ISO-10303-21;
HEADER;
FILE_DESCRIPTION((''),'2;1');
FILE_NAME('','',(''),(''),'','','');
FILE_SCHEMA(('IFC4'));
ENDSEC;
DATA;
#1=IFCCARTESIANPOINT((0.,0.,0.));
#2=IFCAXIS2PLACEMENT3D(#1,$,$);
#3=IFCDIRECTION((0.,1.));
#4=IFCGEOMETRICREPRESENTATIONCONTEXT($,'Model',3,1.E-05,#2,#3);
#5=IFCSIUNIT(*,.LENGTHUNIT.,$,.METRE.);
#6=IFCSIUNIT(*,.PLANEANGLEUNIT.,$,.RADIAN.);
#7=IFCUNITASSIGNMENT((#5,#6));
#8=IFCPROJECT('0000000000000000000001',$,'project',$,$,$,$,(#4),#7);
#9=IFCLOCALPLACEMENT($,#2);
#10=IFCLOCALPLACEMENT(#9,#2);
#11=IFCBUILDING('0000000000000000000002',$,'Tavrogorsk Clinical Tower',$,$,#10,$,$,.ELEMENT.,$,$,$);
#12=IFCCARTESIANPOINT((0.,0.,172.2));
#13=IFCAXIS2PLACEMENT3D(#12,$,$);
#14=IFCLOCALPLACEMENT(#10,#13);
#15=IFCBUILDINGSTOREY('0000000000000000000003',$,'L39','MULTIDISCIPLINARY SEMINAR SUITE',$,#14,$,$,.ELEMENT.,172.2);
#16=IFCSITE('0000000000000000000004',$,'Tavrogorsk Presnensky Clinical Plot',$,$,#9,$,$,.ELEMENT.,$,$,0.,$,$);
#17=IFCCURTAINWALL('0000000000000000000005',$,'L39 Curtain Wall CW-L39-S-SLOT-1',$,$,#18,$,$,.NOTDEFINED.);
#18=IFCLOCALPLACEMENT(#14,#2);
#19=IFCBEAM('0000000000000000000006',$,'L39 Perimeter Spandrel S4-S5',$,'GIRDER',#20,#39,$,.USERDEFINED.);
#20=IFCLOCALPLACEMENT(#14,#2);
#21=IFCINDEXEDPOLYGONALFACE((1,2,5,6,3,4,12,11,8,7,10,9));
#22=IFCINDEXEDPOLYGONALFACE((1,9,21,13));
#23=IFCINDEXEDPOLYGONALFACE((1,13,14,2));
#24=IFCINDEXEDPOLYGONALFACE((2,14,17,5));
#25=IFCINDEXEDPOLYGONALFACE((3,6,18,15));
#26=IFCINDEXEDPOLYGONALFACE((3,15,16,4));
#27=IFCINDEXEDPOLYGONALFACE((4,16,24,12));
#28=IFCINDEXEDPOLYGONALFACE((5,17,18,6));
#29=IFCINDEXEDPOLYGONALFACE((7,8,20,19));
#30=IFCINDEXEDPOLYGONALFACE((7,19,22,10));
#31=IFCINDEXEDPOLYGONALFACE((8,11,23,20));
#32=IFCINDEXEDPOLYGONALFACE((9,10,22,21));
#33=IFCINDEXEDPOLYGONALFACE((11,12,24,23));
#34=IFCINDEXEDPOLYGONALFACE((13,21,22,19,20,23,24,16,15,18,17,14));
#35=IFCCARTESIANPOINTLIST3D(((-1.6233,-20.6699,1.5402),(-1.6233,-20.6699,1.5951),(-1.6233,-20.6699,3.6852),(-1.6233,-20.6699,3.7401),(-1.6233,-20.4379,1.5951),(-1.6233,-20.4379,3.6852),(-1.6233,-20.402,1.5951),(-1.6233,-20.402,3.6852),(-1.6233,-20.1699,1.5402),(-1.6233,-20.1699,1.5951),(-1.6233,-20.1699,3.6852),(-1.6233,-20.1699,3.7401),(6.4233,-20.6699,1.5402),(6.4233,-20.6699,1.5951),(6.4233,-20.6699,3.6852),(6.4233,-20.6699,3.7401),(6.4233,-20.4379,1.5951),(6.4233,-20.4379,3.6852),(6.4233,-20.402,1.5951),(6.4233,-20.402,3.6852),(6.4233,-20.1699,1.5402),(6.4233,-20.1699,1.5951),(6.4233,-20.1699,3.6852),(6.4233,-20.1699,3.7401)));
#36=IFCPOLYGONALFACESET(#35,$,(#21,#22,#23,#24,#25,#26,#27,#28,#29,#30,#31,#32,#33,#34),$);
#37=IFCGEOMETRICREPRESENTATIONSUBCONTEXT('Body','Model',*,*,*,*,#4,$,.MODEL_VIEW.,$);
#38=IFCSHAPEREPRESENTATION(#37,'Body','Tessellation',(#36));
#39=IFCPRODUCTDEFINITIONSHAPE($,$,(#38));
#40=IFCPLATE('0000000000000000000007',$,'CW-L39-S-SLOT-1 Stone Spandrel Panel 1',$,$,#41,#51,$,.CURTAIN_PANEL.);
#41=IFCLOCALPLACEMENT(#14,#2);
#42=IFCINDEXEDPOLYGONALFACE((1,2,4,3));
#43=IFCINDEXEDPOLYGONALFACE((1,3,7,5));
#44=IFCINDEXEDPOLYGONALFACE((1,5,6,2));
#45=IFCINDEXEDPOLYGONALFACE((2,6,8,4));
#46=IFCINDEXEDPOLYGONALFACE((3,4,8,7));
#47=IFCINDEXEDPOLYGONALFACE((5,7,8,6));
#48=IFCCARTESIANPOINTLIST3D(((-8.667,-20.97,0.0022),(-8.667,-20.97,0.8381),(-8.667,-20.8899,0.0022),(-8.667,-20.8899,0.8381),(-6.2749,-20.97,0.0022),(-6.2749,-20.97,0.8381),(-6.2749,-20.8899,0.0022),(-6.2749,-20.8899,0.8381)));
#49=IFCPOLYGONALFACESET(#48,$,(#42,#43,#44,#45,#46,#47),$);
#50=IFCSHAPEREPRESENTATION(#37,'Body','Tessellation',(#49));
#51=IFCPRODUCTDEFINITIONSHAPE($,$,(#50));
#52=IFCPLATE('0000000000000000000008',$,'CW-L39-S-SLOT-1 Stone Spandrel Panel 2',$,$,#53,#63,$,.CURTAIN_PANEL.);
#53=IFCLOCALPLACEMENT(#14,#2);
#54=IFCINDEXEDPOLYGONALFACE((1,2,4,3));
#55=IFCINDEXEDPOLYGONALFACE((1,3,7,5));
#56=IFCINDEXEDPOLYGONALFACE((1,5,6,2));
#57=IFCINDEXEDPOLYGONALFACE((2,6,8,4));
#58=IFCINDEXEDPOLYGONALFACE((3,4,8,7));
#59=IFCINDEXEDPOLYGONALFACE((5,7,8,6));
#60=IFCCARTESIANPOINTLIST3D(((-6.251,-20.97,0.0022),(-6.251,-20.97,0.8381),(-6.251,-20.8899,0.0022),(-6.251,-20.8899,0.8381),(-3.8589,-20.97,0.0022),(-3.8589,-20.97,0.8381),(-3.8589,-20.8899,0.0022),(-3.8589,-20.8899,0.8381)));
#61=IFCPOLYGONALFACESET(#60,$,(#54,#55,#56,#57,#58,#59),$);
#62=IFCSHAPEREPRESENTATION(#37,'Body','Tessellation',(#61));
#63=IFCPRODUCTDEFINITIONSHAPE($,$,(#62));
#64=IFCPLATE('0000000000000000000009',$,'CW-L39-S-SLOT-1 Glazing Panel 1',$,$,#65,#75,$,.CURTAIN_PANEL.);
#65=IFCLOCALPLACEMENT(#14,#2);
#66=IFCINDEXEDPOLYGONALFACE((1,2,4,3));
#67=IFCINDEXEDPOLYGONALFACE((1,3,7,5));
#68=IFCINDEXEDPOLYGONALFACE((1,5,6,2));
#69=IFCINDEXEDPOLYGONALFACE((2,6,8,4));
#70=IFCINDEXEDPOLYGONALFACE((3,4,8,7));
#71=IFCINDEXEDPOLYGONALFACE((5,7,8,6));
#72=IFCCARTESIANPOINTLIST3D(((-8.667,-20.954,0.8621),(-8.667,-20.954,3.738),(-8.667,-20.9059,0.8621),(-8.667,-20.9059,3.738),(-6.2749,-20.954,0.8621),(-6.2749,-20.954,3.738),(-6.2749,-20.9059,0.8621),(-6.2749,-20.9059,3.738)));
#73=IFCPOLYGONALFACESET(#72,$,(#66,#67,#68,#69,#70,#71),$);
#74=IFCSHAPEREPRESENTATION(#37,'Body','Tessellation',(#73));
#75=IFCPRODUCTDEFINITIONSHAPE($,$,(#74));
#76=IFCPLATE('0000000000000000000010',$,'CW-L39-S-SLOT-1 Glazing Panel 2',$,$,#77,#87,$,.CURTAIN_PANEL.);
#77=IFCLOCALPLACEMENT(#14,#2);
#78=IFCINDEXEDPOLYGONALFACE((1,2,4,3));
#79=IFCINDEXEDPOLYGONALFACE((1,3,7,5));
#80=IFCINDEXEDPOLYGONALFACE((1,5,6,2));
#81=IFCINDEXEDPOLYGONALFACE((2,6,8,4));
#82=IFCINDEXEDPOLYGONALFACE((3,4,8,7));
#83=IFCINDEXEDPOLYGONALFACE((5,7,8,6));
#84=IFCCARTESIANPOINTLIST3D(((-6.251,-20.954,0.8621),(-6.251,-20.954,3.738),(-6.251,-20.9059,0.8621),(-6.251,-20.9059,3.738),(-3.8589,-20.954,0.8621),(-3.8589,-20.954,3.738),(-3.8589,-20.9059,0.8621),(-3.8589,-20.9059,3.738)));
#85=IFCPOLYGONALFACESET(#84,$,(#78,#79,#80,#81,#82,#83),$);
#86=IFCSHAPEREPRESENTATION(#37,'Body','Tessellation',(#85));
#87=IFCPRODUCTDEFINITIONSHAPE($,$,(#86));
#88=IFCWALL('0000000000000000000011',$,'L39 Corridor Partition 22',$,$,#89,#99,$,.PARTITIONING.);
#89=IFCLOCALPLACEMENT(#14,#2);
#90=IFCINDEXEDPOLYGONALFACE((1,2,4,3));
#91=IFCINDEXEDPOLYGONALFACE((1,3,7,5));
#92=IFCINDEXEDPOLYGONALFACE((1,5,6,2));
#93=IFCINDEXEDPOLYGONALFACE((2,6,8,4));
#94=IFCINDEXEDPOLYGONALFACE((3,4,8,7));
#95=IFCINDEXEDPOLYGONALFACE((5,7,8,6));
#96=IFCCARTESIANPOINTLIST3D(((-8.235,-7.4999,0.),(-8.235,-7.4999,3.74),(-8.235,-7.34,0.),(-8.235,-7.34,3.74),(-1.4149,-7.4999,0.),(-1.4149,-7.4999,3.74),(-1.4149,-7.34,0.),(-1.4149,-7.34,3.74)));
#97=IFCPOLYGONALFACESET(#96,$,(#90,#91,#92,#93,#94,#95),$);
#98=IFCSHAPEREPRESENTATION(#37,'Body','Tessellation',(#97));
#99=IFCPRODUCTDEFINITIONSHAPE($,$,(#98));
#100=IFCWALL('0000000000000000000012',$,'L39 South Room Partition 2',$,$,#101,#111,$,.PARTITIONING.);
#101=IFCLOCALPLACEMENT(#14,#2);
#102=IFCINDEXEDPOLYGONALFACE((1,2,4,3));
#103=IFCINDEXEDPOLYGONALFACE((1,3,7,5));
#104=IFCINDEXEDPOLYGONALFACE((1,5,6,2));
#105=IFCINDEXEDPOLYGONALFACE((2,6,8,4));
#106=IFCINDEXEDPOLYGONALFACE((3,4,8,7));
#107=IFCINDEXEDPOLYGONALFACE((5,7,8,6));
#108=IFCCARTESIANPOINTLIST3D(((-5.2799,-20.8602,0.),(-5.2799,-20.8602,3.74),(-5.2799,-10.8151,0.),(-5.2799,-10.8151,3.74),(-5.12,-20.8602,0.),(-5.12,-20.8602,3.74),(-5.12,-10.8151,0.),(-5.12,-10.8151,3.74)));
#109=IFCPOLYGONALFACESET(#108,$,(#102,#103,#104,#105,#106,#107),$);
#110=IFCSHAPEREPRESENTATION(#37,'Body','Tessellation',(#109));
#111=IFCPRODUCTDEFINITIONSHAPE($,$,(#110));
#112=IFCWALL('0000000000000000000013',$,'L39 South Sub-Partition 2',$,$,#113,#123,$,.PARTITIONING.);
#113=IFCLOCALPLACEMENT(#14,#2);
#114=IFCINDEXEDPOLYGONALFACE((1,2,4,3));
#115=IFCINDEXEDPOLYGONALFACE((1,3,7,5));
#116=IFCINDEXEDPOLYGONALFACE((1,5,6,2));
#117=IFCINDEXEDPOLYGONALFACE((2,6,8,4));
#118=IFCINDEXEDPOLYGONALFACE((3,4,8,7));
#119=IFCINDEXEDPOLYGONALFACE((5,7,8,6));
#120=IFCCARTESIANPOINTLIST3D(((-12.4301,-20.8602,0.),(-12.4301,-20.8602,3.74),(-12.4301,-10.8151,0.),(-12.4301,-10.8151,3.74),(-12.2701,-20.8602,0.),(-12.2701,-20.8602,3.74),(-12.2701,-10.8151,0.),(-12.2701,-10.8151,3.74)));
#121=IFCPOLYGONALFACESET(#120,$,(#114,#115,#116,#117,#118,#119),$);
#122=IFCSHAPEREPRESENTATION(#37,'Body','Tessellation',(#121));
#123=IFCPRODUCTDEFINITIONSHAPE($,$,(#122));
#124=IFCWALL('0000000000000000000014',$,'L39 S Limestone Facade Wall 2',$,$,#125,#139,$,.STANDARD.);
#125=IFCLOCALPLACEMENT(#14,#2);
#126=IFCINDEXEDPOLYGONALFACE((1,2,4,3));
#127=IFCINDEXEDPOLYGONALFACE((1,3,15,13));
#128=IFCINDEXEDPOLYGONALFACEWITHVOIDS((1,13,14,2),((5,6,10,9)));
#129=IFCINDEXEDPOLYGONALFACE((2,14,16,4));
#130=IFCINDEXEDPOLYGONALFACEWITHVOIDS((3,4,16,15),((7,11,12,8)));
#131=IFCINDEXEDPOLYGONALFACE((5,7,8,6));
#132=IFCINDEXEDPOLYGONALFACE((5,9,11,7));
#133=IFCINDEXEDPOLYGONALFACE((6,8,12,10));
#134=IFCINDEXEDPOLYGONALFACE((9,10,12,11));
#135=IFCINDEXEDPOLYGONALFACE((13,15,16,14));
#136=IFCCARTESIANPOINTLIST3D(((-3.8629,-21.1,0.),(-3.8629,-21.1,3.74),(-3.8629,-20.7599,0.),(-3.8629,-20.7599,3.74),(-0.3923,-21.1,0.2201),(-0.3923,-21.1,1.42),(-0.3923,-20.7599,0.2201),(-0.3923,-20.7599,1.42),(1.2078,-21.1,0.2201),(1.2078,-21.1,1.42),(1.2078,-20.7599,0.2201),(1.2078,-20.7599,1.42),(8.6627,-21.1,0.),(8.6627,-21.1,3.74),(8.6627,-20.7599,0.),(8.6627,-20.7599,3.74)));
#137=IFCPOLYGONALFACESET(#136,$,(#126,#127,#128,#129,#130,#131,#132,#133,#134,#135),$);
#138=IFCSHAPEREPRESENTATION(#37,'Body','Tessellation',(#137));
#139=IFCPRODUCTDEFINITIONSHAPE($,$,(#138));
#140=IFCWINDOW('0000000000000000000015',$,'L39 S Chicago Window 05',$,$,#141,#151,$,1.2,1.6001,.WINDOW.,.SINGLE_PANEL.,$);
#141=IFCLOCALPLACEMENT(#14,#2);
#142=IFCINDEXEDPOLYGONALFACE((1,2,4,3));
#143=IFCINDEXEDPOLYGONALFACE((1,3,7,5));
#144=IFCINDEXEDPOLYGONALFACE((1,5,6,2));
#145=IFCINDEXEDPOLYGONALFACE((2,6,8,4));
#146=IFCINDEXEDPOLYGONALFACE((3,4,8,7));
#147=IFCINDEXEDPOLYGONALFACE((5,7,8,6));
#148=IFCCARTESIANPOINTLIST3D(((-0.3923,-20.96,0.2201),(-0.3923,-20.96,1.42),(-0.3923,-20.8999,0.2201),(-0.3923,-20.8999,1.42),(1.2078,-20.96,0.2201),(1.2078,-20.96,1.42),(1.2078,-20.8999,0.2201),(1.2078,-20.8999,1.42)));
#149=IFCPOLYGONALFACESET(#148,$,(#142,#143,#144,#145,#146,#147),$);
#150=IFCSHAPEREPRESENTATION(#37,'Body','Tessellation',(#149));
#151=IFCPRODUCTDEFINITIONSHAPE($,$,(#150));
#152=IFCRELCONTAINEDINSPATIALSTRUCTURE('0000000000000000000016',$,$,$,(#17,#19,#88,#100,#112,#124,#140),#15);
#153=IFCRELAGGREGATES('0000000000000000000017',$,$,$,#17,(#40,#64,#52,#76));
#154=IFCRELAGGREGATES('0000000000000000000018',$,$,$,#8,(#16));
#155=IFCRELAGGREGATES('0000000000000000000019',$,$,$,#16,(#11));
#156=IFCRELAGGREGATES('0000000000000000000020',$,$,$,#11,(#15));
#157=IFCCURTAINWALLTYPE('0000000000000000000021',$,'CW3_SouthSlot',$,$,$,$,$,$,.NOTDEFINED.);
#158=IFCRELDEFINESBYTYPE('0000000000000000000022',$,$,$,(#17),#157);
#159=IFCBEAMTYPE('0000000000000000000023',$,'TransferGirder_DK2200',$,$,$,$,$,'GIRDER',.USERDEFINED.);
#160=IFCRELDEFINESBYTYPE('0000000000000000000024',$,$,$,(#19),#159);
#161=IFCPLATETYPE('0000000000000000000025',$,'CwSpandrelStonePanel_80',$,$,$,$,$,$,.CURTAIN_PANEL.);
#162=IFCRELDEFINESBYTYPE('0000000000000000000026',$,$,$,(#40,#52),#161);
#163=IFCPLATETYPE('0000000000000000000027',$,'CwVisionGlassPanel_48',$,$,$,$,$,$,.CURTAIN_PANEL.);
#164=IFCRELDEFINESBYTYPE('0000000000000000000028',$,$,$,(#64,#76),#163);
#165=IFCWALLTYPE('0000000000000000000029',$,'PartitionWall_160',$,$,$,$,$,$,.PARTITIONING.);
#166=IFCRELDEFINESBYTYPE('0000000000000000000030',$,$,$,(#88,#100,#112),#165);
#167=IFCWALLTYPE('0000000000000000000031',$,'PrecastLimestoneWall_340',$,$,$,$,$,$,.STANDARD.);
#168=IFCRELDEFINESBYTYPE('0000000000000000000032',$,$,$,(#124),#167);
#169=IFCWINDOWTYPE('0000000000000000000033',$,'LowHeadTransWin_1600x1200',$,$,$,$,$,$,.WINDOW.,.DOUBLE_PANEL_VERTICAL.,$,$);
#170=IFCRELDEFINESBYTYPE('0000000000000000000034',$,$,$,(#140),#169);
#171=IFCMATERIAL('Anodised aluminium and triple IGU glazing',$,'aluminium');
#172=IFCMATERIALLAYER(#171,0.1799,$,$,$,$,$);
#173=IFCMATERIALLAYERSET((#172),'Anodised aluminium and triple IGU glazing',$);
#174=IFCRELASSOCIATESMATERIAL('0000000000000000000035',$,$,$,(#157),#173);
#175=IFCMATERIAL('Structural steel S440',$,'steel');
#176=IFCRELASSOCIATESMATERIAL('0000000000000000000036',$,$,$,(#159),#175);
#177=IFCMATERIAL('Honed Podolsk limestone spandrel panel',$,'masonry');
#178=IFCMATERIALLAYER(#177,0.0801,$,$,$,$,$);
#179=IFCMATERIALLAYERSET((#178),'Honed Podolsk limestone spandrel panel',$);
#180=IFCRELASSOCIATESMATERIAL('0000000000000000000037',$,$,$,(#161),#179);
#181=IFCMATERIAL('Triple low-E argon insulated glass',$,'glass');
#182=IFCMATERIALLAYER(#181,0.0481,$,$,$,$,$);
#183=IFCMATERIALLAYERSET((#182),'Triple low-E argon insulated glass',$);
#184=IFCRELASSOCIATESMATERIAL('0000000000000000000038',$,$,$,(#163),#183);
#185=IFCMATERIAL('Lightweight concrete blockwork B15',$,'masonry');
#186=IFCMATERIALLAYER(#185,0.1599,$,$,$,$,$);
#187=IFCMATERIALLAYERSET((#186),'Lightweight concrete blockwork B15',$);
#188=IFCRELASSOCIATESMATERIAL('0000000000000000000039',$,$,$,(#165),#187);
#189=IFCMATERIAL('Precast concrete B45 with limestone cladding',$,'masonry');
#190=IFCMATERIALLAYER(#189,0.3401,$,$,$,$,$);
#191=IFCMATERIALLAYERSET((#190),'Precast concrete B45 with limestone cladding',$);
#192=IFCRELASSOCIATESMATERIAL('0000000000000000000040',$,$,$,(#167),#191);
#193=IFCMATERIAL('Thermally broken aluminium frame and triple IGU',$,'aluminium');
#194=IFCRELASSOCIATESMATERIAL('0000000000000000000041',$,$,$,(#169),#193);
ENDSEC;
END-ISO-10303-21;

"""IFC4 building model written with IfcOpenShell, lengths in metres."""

from ifc_helpers import new_model, si_unit, direction, frame, frame_2d, origin, origin_2d, place, context, subcontext, project, spatial, rectangle, i_section, extrude, material, layer, layer_set, material_profile, profile_set, type_object, element, fill, aggregate, save


model = new_model("IFC4")

# Units and contexts
model_context = context("Model", 3, precision=1e-05, world=origin(), true_north=direction((0.0, 1.0)))
body_context = subcontext(model_context, "Body", "Model", "MODEL_VIEW")
ifc_project = project(units=[si_unit("LENGTHUNIT", "METRE"), si_unit("PLANEANGLEUNIT", "RADIAN")], contexts=[model_context])

# Site, building, storey
site_placement = place(None, origin())
site = spatial("IfcSite", under=ifc_project, at=site_placement, Name="Tavrogorsk Presnensky Clinical Plot", CompositionType="ELEMENT", RefElevation=0.0)
building_placement = place(site_placement, origin())
building = spatial("IfcBuilding", under=site, at=building_placement, Name="Tavrogorsk Clinical Tower", CompositionType="ELEMENT")
storey_placement = place(building_placement, frame((0.0, 0.0, 172.2)))
storey = spatial("IfcBuildingStorey", under=building, at=storey_placement, Name="L39", Description="MULTIDISCIPLINARY SEMINAR SUITE", CompositionType="ELEMENT", Elevation=172.2)

# Curtain wall
ifc_material_1 = material(Name="Anodised aluminium and triple IGU glazing", Category="aluminium")
ifc_layer_1 = layer(ifc_material_1, 0.1799)
ifc_layer_set_1 = layer_set([ifc_layer_1], Name="Anodised aluminium and triple IGU glazing")
curtain_wall_type = type_object("IfcCurtainWallType", Name="CW3_SouthSlot", PredefinedType="NOTDEFINED", material=ifc_layer_set_1)
curtain_wall_placement = place(storey_placement, origin())
curtain_wall = element("IfcCurtainWall", 1, at=curtain_wall_placement, inside=storey, type_object=curtain_wall_type, Name="L39 Curtain Wall CW-L39-S-SLOT-1", PredefinedType="NOTDEFINED")

# Beam
ifc_material_2 = material(Name="Structural steel S440", Category="steel")
ifc_material_profile_1 = material_profile(ifc_material_2, i_section(OverallWidth=0.5, OverallDepth=2.2, WebThickness=0.0359, FlangeThickness=0.0549, at=origin_2d()), Name="DK-2200x500x36x55")
ifc_profile_set_1 = profile_set([ifc_material_profile_1], Name="Structural steel S440")
beam_type = type_object("IfcBeamType", Name="TransferGirder_DK2200", ElementType="GIRDER", PredefinedType="USERDEFINED", material=ifc_profile_set_1)
beam_1_placement = place(storey_placement, frame((-1.6233, -20.4199, 2.6401), z_axis=(1.0, 0.0, 0.0), x_axis=(0.0, 1.0, 0.0)))
element("IfcBeam", 2, at=beam_1_placement, inside=storey, type_object=beam_type, Name="L39 Perimeter Spandrel S4-S5", ObjectType="GIRDER", PredefinedType="USERDEFINED", context=body_context, shape_type="SweptSolid", body=[
    extrude(i_section(OverallWidth=0.5, OverallDepth=2.2, WebThickness=0.0359, FlangeThickness=0.0549, at=origin_2d()), origin(), (0.0, 0.0, 1.0), 8.0466),
])

# Plates
ifc_material_3 = material(Name="Honed Podolsk limestone spandrel panel", Category="masonry")
ifc_layer_2 = layer(ifc_material_3, 0.0801)
ifc_layer_set_2 = layer_set([ifc_layer_2], Name="Honed Podolsk limestone spandrel panel")
plate_type_1 = type_object("IfcPlateType", Name="CwSpandrelStonePanel_80", PredefinedType="CURTAIN_PANEL", material=ifc_layer_set_2)
plate_1_placement = place(storey_placement, frame((-7.4709, -20.9299, 0.0022), z_axis=(0.0, 0.0, 1.0), x_axis=(1.0, 0.0, 0.0)))
plate_1 = element("IfcPlate", 3, at=plate_1_placement, type_object=plate_type_1, Name="CW-L39-S-SLOT-1 Stone Spandrel Panel 1", PredefinedType="CURTAIN_PANEL", context=body_context, shape_type="SweptSolid", body=[
    extrude(rectangle(XDim=2.3921, YDim=0.0801, at=origin_2d()), origin(), (0.0, 0.0, 1.0), 0.8359),
])
plate_2_placement = place(storey_placement, frame((-5.0549, -20.9299, 0.0022), z_axis=(0.0, 0.0, 1.0), x_axis=(1.0, 0.0, 0.0)))
plate_2 = element("IfcPlate", 4, at=plate_2_placement, type_object=plate_type_1, Name="CW-L39-S-SLOT-1 Stone Spandrel Panel 2", PredefinedType="CURTAIN_PANEL", context=body_context, shape_type="SweptSolid", body=[
    extrude(rectangle(XDim=2.3921, YDim=0.0801, at=origin_2d()), origin(), (0.0, 0.0, 1.0), 0.8359),
])
ifc_material_4 = material(Name="Triple low-E argon insulated glass", Category="glass")
ifc_layer_3 = layer(ifc_material_4, 0.0481)
ifc_layer_set_3 = layer_set([ifc_layer_3], Name="Triple low-E argon insulated glass")
plate_type_2 = type_object("IfcPlateType", Name="CwVisionGlassPanel_48", PredefinedType="CURTAIN_PANEL", material=ifc_layer_set_3)
plate_3_placement = place(storey_placement, frame((-7.4709, -20.9299, 0.8621), z_axis=(0.0, 0.0, 1.0), x_axis=(1.0, 0.0, 0.0)))
plate_3 = element("IfcPlate", 5, at=plate_3_placement, type_object=plate_type_2, Name="CW-L39-S-SLOT-1 Glazing Panel 1", PredefinedType="CURTAIN_PANEL", context=body_context, shape_type="SweptSolid", body=[
    extrude(rectangle(XDim=2.3921, YDim=0.0481, at=origin_2d()), origin(), (0.0, 0.0, 1.0), 2.876),
])
plate_4_placement = place(storey_placement, frame((-5.0549, -20.9299, 0.8621), z_axis=(0.0, 0.0, 1.0), x_axis=(1.0, 0.0, 0.0)))
plate_4 = element("IfcPlate", 6, at=plate_4_placement, type_object=plate_type_2, Name="CW-L39-S-SLOT-1 Glazing Panel 2", PredefinedType="CURTAIN_PANEL", context=body_context, shape_type="SweptSolid", body=[
    extrude(rectangle(XDim=2.3921, YDim=0.0481, at=origin_2d()), origin(), (0.0, 0.0, 1.0), 2.876),
])
aggregate(curtain_wall, [plate_1, plate_3, plate_2, plate_4])

# Walls
ifc_material_5 = material(Name="Lightweight concrete blockwork B15", Category="masonry")
ifc_layer_4 = layer(ifc_material_5, 0.1599)
ifc_layer_set_4 = layer_set([ifc_layer_4], Name="Lightweight concrete blockwork B15")
wall_type_1 = type_object("IfcWallType", Name="PartitionWall_160", PredefinedType="PARTITIONING", material=ifc_layer_set_4)
wall_1_placement = place(storey_placement, frame((-8.2351, -7.4199, 0.0), z_axis=(0.0, 0.0, 1.0), x_axis=(1.0, 0.0, 0.0)))
element("IfcWall", 7, at=wall_1_placement, inside=storey, type_object=wall_type_1, Name="L39 Corridor Partition 22", PredefinedType="PARTITIONING", context=body_context, shape_type="SweptSolid", body=[
    extrude(rectangle(XDim=6.8201, YDim=0.1599, at=frame_2d((3.4102, 0.0))), origin(), (0.0, 0.0, 1.0), 3.74),
])
for number, where, z_axis, x_axis, name in (
    (8, (-5.2, -20.8601, 0.0), (0.0, 0.0, 1.0), (0.0, 1.0, 0.0), "L39 South Room Partition 2"),
    (9, (-12.3501, -20.8601, 0.0), (0.0, 0.0, 1.0), (0.0, 1.0, 0.0), "L39 South Sub-Partition 2"),
):
    element("IfcWall", number, at=place(storey_placement, frame(where, z_axis=z_axis, x_axis=x_axis)), inside=storey, type_object=wall_type_1, Name=name, PredefinedType="PARTITIONING", context=body_context, shape_type="SweptSolid", body=[
        extrude(rectangle(XDim=10.0452, YDim=0.1599, at=frame_2d((5.0225, 0.0))), origin(), (0.0, 0.0, 1.0), 3.74),
    ])

# Wall, opening, window
ifc_material_6 = material(Name="Precast concrete B45 with limestone cladding", Category="masonry")
ifc_layer_5 = layer(ifc_material_6, 0.3401)
ifc_layer_set_5 = layer_set([ifc_layer_5], Name="Precast concrete B45 with limestone cladding")
wall_type_2 = type_object("IfcWallType", Name="PrecastLimestoneWall_340", PredefinedType="STANDARD", material=ifc_layer_set_5)
wall_2_placement = place(storey_placement, frame((-3.8628, -20.9299, 0.0), z_axis=(0.0, 0.0, 1.0), x_axis=(1.0, 0.0, 0.0)))
wall_2 = element("IfcWall", 10, at=wall_2_placement, inside=storey, type_object=wall_type_2, Name="L39 S Limestone Facade Wall 2", PredefinedType="STANDARD", context=body_context, shape_type="SweptSolid", body=[
    extrude(rectangle(XDim=12.5256, YDim=0.3401, at=frame_2d((6.2627, 0.0))), origin(), (0.0, 0.0, 1.0), 3.74),
])
opening_placement = place(wall_2_placement, frame((3.4705, 0.0, 0.22)))
opening = element("IfcOpeningElement", 11, at=opening_placement, cuts=wall_2, PredefinedType="OPENING", context=body_context, shape_type="SweptSolid", body=[
    extrude(rectangle(XDim=1.6001, YDim=1.2, at=frame_2d((0.8, 0.6001))), frame((0.0, 0.1799, 0.0), z_axis=(0.0, -1.0, 0.0), x_axis=(1.0, 0.0, 0.0)), (0.0, 0.0, 1.0), 0.3601),
])
ifc_material_7 = material(Name="Thermally broken aluminium frame and triple IGU", Category="aluminium")
window_type = type_object("IfcWindowType", Name="LowHeadTransWin_1600x1200", PartitioningType="DOUBLE_PANEL_VERTICAL", PredefinedType="WINDOW", material=ifc_material_7)
window_placement = place(opening_placement, origin())
window = element("IfcWindow", 12, at=window_placement, inside=storey, type_object=window_type, Name="L39 S Chicago Window 05", OverallHeight=1.2, OverallWidth=1.6001, PartitioningType="SINGLE_PANEL", PredefinedType="WINDOW", context=body_context, shape_type="SweptSolid", body=[
    extrude(rectangle(XDim=1.6001, YDim=1.2, at=frame_2d((0.8, 0.6001))), frame((0.0, 0.03, 0.0), z_axis=(0.0, -1.0, 0.0), x_axis=(1.0, 0.0, 0.0)), (0.0, 0.0, 1.0), 0.0601),
])
fill(opening, window)

save(model, "model.ifc")
